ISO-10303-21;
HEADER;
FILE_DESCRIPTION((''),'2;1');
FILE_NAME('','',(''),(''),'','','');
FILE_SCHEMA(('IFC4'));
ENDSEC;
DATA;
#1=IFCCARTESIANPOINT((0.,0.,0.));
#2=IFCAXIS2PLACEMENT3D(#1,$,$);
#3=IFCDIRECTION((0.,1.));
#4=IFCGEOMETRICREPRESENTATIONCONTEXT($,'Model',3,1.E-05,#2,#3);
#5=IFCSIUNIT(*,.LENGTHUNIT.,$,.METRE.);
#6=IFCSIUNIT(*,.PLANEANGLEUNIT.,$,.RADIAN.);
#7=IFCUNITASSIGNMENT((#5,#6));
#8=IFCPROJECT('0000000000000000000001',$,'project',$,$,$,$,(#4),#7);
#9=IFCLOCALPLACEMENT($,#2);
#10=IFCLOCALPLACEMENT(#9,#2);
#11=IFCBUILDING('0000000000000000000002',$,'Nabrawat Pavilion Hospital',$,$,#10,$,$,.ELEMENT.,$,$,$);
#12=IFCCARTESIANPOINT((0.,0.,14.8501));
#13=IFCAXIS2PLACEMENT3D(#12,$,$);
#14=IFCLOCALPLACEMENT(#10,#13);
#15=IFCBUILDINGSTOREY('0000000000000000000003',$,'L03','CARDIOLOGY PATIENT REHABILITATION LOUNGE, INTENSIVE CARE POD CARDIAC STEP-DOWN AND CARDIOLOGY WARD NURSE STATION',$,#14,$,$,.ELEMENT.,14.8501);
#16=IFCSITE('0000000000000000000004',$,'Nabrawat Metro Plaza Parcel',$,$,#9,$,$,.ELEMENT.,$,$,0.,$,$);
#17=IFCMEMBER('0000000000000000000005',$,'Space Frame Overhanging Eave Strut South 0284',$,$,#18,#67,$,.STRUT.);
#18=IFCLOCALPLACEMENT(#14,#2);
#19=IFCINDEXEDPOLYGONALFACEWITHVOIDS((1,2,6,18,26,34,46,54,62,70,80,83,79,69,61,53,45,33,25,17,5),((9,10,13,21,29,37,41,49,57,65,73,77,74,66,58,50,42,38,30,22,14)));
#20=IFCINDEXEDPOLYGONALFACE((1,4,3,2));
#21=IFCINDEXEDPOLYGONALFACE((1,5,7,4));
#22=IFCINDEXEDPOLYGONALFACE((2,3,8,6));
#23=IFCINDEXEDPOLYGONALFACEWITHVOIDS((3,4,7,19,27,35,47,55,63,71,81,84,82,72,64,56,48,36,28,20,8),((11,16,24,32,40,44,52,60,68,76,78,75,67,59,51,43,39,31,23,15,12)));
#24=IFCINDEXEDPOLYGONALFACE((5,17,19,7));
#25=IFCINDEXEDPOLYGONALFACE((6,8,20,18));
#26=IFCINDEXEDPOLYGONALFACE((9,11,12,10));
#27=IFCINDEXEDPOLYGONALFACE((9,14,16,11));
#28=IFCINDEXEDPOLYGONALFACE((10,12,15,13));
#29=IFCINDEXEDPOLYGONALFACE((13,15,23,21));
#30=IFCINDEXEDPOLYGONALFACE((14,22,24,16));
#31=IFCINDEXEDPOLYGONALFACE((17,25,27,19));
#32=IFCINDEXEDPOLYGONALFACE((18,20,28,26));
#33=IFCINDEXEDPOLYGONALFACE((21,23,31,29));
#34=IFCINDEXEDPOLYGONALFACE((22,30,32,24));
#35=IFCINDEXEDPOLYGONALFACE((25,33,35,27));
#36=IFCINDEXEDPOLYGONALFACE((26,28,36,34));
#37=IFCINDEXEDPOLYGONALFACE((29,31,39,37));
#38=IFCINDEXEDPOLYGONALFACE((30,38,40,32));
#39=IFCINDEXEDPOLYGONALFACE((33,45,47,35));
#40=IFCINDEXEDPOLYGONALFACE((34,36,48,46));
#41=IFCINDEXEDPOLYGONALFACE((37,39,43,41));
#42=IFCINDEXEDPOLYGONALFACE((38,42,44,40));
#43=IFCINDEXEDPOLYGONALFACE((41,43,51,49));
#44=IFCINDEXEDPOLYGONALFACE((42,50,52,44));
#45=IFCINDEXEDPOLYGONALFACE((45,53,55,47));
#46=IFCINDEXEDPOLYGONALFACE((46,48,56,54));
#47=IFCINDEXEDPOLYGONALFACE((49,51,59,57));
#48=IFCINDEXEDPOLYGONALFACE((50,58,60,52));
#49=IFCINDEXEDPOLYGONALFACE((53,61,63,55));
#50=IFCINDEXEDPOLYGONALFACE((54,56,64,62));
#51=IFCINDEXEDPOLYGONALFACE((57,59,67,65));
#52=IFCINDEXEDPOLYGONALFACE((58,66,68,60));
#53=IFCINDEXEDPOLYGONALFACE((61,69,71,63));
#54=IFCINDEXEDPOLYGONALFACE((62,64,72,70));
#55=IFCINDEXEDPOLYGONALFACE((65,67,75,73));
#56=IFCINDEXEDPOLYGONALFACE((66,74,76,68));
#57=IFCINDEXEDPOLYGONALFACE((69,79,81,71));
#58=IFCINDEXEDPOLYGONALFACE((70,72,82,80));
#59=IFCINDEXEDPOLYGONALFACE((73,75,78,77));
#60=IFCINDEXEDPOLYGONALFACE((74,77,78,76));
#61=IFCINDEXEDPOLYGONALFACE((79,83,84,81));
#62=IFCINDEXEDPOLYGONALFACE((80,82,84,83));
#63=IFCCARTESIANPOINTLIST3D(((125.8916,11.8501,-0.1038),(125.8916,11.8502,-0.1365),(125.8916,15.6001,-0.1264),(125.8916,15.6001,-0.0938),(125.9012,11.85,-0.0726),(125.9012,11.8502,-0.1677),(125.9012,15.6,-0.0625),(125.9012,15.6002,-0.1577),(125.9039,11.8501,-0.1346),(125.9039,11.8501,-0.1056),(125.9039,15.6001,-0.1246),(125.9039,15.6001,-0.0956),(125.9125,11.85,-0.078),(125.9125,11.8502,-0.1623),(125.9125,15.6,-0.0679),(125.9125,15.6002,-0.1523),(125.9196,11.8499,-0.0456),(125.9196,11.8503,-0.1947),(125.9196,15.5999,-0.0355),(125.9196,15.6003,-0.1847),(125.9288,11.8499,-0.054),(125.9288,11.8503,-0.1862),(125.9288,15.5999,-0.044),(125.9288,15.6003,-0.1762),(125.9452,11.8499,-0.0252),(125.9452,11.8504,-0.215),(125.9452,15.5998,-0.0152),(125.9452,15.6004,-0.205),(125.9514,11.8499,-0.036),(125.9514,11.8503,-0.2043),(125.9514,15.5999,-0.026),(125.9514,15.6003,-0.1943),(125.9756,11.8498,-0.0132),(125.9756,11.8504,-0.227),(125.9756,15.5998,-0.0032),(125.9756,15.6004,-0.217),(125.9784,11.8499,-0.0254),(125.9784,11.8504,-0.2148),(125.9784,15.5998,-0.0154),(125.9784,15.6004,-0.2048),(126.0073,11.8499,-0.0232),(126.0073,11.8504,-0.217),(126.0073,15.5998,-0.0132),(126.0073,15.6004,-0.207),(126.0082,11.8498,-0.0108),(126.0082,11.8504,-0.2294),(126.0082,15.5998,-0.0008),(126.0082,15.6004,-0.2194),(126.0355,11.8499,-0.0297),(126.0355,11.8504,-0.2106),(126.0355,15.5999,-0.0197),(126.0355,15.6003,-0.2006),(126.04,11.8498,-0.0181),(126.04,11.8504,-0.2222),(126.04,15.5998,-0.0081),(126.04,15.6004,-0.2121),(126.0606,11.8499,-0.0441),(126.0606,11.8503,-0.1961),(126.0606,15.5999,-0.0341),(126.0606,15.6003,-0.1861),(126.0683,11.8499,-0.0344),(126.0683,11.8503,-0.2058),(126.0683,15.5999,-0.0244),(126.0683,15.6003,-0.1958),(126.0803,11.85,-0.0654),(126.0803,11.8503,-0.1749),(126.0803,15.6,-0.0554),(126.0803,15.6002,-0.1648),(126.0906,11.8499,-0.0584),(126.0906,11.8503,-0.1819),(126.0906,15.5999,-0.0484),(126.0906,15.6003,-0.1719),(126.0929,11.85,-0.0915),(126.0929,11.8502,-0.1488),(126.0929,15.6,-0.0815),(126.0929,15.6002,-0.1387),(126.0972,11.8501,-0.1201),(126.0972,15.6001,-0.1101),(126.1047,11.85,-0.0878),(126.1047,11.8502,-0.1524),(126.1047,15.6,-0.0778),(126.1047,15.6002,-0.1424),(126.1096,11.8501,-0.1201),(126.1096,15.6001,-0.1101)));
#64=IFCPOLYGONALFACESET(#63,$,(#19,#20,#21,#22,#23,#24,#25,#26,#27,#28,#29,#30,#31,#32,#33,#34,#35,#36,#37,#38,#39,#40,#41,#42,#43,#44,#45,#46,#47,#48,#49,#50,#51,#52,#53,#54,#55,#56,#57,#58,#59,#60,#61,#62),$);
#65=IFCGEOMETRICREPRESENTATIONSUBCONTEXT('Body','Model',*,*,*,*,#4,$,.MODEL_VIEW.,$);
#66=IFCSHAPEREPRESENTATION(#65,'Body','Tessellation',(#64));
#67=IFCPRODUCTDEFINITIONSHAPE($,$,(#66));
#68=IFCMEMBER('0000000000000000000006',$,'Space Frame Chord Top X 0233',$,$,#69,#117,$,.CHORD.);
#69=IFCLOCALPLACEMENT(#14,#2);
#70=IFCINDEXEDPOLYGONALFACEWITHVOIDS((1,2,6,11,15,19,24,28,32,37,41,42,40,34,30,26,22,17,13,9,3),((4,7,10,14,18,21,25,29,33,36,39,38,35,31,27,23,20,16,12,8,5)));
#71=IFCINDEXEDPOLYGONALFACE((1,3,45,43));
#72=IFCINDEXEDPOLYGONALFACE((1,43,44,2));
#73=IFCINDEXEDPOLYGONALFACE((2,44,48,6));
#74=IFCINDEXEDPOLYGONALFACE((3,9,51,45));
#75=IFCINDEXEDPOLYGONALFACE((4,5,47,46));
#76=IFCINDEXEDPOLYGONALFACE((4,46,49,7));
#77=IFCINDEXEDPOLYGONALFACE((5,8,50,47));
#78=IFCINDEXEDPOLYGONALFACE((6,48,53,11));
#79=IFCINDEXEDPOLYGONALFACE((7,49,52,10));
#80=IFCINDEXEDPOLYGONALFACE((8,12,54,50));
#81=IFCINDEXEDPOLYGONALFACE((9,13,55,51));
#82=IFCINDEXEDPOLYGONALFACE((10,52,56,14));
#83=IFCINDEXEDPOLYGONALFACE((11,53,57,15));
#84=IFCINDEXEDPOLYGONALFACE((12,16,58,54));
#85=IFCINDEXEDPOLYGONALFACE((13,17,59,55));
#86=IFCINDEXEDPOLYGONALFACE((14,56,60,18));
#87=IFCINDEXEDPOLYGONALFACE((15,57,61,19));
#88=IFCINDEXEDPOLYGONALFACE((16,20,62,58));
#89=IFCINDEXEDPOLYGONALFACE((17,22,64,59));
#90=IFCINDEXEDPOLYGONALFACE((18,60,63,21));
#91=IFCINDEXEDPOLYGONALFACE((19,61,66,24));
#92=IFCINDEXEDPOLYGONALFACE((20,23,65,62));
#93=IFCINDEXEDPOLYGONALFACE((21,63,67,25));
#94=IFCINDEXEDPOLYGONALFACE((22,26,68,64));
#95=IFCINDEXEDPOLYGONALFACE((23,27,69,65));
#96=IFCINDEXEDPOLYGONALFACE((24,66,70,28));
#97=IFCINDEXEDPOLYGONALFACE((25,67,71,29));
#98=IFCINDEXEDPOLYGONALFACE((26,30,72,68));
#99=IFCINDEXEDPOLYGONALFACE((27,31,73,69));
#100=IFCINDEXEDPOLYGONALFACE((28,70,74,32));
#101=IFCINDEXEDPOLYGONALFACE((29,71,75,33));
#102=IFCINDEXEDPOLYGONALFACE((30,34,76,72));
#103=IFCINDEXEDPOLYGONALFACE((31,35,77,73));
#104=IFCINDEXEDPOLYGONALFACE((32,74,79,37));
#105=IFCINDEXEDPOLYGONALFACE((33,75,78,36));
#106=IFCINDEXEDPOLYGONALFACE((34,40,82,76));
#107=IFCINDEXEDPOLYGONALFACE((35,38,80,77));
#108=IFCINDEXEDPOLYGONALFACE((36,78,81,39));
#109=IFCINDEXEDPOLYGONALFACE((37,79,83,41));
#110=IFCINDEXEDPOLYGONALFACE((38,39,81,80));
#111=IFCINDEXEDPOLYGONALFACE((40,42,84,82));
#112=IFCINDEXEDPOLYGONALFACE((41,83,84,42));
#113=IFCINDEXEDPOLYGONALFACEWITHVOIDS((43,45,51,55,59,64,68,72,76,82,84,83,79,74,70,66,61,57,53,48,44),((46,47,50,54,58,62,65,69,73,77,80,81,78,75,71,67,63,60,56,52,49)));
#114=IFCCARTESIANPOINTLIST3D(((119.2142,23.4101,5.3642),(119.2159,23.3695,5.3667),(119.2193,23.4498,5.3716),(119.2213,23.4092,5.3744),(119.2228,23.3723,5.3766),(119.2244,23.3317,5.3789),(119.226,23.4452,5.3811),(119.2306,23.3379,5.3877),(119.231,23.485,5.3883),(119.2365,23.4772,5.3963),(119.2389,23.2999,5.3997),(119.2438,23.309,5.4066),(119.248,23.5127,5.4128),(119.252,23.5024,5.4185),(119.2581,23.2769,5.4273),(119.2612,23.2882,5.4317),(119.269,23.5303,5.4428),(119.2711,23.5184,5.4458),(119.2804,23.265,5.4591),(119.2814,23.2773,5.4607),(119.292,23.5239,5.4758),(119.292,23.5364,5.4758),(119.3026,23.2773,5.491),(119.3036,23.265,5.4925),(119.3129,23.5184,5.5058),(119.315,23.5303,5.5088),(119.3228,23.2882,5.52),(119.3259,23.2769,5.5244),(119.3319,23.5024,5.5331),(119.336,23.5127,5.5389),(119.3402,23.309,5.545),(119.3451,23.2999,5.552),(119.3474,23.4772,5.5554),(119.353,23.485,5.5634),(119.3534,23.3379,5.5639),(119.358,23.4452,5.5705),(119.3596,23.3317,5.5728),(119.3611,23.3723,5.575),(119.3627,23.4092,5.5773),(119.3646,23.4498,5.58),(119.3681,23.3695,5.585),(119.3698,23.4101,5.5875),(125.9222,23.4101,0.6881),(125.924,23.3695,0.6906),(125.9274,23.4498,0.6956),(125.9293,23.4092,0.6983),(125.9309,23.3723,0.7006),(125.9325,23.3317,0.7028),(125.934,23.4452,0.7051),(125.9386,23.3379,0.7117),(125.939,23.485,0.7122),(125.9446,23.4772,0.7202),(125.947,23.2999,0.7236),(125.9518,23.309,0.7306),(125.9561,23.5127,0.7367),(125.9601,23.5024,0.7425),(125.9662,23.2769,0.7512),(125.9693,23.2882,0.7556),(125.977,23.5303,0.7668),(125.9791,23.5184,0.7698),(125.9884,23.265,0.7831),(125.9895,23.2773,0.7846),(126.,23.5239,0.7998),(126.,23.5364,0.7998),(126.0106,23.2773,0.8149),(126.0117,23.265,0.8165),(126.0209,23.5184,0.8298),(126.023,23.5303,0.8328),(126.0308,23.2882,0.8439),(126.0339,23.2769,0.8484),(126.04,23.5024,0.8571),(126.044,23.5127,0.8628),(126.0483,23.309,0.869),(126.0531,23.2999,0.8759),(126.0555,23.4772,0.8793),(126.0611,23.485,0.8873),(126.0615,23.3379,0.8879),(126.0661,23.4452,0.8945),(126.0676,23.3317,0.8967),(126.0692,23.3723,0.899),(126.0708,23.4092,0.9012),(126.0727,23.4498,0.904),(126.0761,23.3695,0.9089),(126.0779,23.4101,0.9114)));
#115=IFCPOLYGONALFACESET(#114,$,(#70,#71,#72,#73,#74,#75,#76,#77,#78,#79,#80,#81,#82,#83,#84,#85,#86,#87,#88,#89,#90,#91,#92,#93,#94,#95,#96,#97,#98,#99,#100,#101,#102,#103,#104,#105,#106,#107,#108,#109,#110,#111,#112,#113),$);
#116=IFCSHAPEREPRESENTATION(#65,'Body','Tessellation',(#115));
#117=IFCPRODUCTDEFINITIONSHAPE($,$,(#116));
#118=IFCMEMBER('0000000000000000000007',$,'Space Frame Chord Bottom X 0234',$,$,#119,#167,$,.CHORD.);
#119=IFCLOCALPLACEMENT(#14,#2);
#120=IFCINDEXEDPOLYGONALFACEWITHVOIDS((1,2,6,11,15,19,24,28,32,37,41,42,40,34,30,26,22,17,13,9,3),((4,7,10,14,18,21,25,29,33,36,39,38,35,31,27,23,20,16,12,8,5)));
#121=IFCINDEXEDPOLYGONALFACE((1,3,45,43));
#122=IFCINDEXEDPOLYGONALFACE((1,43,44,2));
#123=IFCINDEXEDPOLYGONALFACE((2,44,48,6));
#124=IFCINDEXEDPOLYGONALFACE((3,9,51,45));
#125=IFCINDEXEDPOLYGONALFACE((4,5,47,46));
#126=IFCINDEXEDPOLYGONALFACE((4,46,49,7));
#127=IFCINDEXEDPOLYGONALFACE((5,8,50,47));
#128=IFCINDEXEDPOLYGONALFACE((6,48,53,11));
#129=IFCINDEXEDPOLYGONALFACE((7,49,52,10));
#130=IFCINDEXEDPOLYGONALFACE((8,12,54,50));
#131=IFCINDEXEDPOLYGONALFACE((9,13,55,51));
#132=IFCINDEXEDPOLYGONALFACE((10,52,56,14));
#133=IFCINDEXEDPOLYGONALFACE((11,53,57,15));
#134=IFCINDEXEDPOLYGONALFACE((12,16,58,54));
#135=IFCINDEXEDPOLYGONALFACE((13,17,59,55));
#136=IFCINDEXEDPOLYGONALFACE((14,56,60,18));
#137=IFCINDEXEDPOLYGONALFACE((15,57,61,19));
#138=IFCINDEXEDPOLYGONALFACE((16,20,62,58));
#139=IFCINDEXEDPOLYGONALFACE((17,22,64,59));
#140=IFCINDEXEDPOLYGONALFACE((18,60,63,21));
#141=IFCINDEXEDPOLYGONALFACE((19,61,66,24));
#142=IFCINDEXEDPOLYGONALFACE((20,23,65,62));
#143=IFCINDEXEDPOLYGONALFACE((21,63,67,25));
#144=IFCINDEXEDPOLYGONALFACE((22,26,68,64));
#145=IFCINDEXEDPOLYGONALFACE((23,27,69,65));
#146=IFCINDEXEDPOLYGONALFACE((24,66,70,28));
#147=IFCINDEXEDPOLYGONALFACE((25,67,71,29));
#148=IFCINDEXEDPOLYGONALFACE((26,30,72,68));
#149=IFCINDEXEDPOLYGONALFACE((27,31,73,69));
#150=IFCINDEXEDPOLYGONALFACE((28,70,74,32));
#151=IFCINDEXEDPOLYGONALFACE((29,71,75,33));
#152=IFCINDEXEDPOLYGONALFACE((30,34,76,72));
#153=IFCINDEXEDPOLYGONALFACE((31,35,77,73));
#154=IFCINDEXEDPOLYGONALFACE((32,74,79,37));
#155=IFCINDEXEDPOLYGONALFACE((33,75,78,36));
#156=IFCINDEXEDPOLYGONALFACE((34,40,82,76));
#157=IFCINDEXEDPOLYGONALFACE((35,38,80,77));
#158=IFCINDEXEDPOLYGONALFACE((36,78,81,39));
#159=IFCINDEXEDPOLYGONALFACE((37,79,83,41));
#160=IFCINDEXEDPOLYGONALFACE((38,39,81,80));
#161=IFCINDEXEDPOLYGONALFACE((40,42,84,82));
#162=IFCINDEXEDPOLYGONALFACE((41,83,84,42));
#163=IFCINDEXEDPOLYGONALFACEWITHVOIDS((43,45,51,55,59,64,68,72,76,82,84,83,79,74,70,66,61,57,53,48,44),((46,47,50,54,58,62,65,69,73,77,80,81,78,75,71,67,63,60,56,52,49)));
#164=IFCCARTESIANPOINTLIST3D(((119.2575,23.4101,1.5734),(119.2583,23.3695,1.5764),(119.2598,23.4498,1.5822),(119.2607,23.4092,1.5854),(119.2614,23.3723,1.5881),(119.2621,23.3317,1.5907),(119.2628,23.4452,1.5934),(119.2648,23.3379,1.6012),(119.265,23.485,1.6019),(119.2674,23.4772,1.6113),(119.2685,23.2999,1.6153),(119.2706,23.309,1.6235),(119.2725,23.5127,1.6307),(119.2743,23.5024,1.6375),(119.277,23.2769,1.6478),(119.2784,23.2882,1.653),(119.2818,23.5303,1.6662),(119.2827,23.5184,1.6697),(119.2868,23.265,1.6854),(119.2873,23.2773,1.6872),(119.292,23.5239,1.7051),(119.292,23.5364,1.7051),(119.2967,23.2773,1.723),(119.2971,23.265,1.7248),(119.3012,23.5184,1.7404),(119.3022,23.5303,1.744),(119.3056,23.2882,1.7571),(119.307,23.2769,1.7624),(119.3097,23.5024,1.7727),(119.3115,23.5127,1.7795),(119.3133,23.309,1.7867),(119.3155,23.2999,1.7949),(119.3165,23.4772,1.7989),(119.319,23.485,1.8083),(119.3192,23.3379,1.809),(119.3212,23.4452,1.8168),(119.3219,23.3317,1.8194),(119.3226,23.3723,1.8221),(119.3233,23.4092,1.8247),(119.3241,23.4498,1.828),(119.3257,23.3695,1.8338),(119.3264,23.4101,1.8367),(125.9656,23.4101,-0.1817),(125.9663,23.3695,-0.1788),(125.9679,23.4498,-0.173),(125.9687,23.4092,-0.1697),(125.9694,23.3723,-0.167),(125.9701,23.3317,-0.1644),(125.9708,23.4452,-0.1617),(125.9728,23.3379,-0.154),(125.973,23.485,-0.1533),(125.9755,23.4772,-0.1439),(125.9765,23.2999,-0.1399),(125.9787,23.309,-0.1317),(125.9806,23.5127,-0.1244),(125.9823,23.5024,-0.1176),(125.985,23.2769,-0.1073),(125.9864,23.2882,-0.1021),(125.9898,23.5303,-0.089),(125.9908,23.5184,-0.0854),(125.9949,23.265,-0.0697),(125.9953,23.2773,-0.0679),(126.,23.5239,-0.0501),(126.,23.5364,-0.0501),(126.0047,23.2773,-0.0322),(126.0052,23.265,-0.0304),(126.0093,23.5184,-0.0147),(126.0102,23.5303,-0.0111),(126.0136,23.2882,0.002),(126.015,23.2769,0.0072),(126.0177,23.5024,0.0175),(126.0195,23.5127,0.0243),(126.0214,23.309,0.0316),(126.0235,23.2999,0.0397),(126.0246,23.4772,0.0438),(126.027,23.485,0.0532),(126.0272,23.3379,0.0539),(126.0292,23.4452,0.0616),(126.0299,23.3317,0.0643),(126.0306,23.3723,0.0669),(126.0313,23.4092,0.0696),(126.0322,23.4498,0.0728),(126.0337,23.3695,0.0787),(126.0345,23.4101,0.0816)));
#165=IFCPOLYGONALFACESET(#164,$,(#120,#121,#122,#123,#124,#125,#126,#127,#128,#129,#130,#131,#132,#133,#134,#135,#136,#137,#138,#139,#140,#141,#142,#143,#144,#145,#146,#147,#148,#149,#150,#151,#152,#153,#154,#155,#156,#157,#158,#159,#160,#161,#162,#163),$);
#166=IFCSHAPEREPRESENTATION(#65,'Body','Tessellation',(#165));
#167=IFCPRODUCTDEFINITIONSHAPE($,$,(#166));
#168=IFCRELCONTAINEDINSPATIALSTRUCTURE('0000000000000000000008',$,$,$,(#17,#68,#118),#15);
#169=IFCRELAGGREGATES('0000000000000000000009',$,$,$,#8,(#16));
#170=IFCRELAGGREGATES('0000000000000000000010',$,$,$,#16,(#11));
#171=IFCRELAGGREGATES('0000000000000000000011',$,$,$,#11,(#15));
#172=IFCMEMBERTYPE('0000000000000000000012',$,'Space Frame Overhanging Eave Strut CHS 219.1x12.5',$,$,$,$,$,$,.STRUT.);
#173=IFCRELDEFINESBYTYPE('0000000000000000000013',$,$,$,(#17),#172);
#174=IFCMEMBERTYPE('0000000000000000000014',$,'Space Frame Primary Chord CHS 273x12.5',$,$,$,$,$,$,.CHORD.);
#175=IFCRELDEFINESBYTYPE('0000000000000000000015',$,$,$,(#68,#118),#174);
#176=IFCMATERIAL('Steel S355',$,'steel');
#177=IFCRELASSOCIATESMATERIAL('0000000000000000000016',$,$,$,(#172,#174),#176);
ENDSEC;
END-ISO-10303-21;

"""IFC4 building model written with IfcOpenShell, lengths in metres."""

from ifc_helpers import new_model, si_unit, direction, frame, origin, origin_2d, place, context, subcontext, project, spatial, hollow_circle, extrude, material, material_profile, profile_set, type_object, element, save


model = new_model("IFC4")

# Units and contexts
model_context = context("Model", 3, precision=1e-05, world=origin(), true_north=direction((0.0, 1.0)))
body_context = subcontext(model_context, "Body", "Model", "MODEL_VIEW")
ifc_project = project(units=[si_unit("LENGTHUNIT", "METRE"), si_unit("PLANEANGLEUNIT", "RADIAN")], contexts=[model_context])

# Site, building, storey
site_placement = place(None, origin())
site = spatial("IfcSite", under=ifc_project, at=site_placement, Name="Nabrawat Metro Plaza Parcel", CompositionType="ELEMENT", RefElevation=0.0)
building_placement = place(site_placement, origin())
building = spatial("IfcBuilding", under=site, at=building_placement, Name="Nabrawat Pavilion Hospital", CompositionType="ELEMENT")
storey_placement = place(building_placement, frame((0.0, 0.0, 14.8501)))
storey = spatial("IfcBuildingStorey", under=building, at=storey_placement, Name="L03", Description="CARDIOLOGY PATIENT REHABILITATION LOUNGE, INTENSIVE CARE POD CARDIAC STEP-DOWN AND CARDIOLOGY WARD NURSE STATION", CompositionType="ELEMENT", Elevation=14.8501)

# Shared definitions
ifc_material = material(Name="Steel S355", Category="steel")

# Members
ifc_material_profile_1 = material_profile(ifc_material, hollow_circle(Radius=0.1096, WallThickness=0.0125, at=origin_2d()), Name="CHS 219.1x12.5")
ifc_profile_set_1 = profile_set([ifc_material_profile_1], Name="Steel S355")
member_type_1 = type_object("IfcMemberType", Name="Space Frame Overhanging Eave Strut CHS 219.1x12.5", PredefinedType="STRUT", material=ifc_profile_set_1)
for number, where, z_axis, x_axis, name in (
    (1, (126.0, 15.6001, -0.1101), (0.0, -0.999996, -0.002669), (1.0, 0.0, 0.0), "Space Frame Overhanging Eave Strut South 0284"),
):
    element("IfcMember", number, at=place(storey_placement, frame(where, z_axis=z_axis, x_axis=x_axis)), inside=storey, type_object=member_type_1, Name=name, PredefinedType="STRUT", context=body_context, shape_type="SweptSolid", body=[
        extrude(hollow_circle(Radius=0.1096, WallThickness=0.0125, at=origin_2d()), origin(), (0.0, 0.0, 1.0), 3.75),
    ])
ifc_material_profile_2 = material_profile(ifc_material, hollow_circle(Radius=0.1365, WallThickness=0.0125, at=origin_2d()), Name="CHS 273x12.5")
ifc_profile_set_2 = profile_set([ifc_material_profile_2], Name="Steel S355")
member_type_2 = type_object("IfcMemberType", Name="Space Frame Primary Chord CHS 273x12.5", PredefinedType="CHORD", material=ifc_profile_set_2)
member_1_placement = place(storey_placement, frame((119.292, 23.3999, 5.4758), z_axis=(0.820355, 0.0, -0.571854), x_axis=(0.0, 1.0, 0.0)))
element("IfcMember", 2, at=member_1_placement, inside=storey, type_object=member_type_2, Name="Space Frame Chord Top X 0233", PredefinedType="CHORD", context=body_context, shape_type="SweptSolid", body=[
    extrude(hollow_circle(Radius=0.1365, WallThickness=0.0125, at=origin_2d()), origin(), (0.0, 0.0, 1.0), 8.177),
])
member_2_placement = place(storey_placement, frame((119.292, 23.3999, 1.7051), z_axis=(0.967433, 0.0, -0.253126), x_axis=(0.0, 1.0, 0.0)))
element("IfcMember", 3, at=member_2_placement, inside=storey, type_object=member_type_2, Name="Space Frame Chord Bottom X 0234", PredefinedType="CHORD", context=body_context, shape_type="SweptSolid", body=[
    extrude(hollow_circle(Radius=0.1365, WallThickness=0.0125, at=origin_2d()), origin(), (0.0, 0.0, 1.0), 6.9338),
])

save(model, "model.ifc")
